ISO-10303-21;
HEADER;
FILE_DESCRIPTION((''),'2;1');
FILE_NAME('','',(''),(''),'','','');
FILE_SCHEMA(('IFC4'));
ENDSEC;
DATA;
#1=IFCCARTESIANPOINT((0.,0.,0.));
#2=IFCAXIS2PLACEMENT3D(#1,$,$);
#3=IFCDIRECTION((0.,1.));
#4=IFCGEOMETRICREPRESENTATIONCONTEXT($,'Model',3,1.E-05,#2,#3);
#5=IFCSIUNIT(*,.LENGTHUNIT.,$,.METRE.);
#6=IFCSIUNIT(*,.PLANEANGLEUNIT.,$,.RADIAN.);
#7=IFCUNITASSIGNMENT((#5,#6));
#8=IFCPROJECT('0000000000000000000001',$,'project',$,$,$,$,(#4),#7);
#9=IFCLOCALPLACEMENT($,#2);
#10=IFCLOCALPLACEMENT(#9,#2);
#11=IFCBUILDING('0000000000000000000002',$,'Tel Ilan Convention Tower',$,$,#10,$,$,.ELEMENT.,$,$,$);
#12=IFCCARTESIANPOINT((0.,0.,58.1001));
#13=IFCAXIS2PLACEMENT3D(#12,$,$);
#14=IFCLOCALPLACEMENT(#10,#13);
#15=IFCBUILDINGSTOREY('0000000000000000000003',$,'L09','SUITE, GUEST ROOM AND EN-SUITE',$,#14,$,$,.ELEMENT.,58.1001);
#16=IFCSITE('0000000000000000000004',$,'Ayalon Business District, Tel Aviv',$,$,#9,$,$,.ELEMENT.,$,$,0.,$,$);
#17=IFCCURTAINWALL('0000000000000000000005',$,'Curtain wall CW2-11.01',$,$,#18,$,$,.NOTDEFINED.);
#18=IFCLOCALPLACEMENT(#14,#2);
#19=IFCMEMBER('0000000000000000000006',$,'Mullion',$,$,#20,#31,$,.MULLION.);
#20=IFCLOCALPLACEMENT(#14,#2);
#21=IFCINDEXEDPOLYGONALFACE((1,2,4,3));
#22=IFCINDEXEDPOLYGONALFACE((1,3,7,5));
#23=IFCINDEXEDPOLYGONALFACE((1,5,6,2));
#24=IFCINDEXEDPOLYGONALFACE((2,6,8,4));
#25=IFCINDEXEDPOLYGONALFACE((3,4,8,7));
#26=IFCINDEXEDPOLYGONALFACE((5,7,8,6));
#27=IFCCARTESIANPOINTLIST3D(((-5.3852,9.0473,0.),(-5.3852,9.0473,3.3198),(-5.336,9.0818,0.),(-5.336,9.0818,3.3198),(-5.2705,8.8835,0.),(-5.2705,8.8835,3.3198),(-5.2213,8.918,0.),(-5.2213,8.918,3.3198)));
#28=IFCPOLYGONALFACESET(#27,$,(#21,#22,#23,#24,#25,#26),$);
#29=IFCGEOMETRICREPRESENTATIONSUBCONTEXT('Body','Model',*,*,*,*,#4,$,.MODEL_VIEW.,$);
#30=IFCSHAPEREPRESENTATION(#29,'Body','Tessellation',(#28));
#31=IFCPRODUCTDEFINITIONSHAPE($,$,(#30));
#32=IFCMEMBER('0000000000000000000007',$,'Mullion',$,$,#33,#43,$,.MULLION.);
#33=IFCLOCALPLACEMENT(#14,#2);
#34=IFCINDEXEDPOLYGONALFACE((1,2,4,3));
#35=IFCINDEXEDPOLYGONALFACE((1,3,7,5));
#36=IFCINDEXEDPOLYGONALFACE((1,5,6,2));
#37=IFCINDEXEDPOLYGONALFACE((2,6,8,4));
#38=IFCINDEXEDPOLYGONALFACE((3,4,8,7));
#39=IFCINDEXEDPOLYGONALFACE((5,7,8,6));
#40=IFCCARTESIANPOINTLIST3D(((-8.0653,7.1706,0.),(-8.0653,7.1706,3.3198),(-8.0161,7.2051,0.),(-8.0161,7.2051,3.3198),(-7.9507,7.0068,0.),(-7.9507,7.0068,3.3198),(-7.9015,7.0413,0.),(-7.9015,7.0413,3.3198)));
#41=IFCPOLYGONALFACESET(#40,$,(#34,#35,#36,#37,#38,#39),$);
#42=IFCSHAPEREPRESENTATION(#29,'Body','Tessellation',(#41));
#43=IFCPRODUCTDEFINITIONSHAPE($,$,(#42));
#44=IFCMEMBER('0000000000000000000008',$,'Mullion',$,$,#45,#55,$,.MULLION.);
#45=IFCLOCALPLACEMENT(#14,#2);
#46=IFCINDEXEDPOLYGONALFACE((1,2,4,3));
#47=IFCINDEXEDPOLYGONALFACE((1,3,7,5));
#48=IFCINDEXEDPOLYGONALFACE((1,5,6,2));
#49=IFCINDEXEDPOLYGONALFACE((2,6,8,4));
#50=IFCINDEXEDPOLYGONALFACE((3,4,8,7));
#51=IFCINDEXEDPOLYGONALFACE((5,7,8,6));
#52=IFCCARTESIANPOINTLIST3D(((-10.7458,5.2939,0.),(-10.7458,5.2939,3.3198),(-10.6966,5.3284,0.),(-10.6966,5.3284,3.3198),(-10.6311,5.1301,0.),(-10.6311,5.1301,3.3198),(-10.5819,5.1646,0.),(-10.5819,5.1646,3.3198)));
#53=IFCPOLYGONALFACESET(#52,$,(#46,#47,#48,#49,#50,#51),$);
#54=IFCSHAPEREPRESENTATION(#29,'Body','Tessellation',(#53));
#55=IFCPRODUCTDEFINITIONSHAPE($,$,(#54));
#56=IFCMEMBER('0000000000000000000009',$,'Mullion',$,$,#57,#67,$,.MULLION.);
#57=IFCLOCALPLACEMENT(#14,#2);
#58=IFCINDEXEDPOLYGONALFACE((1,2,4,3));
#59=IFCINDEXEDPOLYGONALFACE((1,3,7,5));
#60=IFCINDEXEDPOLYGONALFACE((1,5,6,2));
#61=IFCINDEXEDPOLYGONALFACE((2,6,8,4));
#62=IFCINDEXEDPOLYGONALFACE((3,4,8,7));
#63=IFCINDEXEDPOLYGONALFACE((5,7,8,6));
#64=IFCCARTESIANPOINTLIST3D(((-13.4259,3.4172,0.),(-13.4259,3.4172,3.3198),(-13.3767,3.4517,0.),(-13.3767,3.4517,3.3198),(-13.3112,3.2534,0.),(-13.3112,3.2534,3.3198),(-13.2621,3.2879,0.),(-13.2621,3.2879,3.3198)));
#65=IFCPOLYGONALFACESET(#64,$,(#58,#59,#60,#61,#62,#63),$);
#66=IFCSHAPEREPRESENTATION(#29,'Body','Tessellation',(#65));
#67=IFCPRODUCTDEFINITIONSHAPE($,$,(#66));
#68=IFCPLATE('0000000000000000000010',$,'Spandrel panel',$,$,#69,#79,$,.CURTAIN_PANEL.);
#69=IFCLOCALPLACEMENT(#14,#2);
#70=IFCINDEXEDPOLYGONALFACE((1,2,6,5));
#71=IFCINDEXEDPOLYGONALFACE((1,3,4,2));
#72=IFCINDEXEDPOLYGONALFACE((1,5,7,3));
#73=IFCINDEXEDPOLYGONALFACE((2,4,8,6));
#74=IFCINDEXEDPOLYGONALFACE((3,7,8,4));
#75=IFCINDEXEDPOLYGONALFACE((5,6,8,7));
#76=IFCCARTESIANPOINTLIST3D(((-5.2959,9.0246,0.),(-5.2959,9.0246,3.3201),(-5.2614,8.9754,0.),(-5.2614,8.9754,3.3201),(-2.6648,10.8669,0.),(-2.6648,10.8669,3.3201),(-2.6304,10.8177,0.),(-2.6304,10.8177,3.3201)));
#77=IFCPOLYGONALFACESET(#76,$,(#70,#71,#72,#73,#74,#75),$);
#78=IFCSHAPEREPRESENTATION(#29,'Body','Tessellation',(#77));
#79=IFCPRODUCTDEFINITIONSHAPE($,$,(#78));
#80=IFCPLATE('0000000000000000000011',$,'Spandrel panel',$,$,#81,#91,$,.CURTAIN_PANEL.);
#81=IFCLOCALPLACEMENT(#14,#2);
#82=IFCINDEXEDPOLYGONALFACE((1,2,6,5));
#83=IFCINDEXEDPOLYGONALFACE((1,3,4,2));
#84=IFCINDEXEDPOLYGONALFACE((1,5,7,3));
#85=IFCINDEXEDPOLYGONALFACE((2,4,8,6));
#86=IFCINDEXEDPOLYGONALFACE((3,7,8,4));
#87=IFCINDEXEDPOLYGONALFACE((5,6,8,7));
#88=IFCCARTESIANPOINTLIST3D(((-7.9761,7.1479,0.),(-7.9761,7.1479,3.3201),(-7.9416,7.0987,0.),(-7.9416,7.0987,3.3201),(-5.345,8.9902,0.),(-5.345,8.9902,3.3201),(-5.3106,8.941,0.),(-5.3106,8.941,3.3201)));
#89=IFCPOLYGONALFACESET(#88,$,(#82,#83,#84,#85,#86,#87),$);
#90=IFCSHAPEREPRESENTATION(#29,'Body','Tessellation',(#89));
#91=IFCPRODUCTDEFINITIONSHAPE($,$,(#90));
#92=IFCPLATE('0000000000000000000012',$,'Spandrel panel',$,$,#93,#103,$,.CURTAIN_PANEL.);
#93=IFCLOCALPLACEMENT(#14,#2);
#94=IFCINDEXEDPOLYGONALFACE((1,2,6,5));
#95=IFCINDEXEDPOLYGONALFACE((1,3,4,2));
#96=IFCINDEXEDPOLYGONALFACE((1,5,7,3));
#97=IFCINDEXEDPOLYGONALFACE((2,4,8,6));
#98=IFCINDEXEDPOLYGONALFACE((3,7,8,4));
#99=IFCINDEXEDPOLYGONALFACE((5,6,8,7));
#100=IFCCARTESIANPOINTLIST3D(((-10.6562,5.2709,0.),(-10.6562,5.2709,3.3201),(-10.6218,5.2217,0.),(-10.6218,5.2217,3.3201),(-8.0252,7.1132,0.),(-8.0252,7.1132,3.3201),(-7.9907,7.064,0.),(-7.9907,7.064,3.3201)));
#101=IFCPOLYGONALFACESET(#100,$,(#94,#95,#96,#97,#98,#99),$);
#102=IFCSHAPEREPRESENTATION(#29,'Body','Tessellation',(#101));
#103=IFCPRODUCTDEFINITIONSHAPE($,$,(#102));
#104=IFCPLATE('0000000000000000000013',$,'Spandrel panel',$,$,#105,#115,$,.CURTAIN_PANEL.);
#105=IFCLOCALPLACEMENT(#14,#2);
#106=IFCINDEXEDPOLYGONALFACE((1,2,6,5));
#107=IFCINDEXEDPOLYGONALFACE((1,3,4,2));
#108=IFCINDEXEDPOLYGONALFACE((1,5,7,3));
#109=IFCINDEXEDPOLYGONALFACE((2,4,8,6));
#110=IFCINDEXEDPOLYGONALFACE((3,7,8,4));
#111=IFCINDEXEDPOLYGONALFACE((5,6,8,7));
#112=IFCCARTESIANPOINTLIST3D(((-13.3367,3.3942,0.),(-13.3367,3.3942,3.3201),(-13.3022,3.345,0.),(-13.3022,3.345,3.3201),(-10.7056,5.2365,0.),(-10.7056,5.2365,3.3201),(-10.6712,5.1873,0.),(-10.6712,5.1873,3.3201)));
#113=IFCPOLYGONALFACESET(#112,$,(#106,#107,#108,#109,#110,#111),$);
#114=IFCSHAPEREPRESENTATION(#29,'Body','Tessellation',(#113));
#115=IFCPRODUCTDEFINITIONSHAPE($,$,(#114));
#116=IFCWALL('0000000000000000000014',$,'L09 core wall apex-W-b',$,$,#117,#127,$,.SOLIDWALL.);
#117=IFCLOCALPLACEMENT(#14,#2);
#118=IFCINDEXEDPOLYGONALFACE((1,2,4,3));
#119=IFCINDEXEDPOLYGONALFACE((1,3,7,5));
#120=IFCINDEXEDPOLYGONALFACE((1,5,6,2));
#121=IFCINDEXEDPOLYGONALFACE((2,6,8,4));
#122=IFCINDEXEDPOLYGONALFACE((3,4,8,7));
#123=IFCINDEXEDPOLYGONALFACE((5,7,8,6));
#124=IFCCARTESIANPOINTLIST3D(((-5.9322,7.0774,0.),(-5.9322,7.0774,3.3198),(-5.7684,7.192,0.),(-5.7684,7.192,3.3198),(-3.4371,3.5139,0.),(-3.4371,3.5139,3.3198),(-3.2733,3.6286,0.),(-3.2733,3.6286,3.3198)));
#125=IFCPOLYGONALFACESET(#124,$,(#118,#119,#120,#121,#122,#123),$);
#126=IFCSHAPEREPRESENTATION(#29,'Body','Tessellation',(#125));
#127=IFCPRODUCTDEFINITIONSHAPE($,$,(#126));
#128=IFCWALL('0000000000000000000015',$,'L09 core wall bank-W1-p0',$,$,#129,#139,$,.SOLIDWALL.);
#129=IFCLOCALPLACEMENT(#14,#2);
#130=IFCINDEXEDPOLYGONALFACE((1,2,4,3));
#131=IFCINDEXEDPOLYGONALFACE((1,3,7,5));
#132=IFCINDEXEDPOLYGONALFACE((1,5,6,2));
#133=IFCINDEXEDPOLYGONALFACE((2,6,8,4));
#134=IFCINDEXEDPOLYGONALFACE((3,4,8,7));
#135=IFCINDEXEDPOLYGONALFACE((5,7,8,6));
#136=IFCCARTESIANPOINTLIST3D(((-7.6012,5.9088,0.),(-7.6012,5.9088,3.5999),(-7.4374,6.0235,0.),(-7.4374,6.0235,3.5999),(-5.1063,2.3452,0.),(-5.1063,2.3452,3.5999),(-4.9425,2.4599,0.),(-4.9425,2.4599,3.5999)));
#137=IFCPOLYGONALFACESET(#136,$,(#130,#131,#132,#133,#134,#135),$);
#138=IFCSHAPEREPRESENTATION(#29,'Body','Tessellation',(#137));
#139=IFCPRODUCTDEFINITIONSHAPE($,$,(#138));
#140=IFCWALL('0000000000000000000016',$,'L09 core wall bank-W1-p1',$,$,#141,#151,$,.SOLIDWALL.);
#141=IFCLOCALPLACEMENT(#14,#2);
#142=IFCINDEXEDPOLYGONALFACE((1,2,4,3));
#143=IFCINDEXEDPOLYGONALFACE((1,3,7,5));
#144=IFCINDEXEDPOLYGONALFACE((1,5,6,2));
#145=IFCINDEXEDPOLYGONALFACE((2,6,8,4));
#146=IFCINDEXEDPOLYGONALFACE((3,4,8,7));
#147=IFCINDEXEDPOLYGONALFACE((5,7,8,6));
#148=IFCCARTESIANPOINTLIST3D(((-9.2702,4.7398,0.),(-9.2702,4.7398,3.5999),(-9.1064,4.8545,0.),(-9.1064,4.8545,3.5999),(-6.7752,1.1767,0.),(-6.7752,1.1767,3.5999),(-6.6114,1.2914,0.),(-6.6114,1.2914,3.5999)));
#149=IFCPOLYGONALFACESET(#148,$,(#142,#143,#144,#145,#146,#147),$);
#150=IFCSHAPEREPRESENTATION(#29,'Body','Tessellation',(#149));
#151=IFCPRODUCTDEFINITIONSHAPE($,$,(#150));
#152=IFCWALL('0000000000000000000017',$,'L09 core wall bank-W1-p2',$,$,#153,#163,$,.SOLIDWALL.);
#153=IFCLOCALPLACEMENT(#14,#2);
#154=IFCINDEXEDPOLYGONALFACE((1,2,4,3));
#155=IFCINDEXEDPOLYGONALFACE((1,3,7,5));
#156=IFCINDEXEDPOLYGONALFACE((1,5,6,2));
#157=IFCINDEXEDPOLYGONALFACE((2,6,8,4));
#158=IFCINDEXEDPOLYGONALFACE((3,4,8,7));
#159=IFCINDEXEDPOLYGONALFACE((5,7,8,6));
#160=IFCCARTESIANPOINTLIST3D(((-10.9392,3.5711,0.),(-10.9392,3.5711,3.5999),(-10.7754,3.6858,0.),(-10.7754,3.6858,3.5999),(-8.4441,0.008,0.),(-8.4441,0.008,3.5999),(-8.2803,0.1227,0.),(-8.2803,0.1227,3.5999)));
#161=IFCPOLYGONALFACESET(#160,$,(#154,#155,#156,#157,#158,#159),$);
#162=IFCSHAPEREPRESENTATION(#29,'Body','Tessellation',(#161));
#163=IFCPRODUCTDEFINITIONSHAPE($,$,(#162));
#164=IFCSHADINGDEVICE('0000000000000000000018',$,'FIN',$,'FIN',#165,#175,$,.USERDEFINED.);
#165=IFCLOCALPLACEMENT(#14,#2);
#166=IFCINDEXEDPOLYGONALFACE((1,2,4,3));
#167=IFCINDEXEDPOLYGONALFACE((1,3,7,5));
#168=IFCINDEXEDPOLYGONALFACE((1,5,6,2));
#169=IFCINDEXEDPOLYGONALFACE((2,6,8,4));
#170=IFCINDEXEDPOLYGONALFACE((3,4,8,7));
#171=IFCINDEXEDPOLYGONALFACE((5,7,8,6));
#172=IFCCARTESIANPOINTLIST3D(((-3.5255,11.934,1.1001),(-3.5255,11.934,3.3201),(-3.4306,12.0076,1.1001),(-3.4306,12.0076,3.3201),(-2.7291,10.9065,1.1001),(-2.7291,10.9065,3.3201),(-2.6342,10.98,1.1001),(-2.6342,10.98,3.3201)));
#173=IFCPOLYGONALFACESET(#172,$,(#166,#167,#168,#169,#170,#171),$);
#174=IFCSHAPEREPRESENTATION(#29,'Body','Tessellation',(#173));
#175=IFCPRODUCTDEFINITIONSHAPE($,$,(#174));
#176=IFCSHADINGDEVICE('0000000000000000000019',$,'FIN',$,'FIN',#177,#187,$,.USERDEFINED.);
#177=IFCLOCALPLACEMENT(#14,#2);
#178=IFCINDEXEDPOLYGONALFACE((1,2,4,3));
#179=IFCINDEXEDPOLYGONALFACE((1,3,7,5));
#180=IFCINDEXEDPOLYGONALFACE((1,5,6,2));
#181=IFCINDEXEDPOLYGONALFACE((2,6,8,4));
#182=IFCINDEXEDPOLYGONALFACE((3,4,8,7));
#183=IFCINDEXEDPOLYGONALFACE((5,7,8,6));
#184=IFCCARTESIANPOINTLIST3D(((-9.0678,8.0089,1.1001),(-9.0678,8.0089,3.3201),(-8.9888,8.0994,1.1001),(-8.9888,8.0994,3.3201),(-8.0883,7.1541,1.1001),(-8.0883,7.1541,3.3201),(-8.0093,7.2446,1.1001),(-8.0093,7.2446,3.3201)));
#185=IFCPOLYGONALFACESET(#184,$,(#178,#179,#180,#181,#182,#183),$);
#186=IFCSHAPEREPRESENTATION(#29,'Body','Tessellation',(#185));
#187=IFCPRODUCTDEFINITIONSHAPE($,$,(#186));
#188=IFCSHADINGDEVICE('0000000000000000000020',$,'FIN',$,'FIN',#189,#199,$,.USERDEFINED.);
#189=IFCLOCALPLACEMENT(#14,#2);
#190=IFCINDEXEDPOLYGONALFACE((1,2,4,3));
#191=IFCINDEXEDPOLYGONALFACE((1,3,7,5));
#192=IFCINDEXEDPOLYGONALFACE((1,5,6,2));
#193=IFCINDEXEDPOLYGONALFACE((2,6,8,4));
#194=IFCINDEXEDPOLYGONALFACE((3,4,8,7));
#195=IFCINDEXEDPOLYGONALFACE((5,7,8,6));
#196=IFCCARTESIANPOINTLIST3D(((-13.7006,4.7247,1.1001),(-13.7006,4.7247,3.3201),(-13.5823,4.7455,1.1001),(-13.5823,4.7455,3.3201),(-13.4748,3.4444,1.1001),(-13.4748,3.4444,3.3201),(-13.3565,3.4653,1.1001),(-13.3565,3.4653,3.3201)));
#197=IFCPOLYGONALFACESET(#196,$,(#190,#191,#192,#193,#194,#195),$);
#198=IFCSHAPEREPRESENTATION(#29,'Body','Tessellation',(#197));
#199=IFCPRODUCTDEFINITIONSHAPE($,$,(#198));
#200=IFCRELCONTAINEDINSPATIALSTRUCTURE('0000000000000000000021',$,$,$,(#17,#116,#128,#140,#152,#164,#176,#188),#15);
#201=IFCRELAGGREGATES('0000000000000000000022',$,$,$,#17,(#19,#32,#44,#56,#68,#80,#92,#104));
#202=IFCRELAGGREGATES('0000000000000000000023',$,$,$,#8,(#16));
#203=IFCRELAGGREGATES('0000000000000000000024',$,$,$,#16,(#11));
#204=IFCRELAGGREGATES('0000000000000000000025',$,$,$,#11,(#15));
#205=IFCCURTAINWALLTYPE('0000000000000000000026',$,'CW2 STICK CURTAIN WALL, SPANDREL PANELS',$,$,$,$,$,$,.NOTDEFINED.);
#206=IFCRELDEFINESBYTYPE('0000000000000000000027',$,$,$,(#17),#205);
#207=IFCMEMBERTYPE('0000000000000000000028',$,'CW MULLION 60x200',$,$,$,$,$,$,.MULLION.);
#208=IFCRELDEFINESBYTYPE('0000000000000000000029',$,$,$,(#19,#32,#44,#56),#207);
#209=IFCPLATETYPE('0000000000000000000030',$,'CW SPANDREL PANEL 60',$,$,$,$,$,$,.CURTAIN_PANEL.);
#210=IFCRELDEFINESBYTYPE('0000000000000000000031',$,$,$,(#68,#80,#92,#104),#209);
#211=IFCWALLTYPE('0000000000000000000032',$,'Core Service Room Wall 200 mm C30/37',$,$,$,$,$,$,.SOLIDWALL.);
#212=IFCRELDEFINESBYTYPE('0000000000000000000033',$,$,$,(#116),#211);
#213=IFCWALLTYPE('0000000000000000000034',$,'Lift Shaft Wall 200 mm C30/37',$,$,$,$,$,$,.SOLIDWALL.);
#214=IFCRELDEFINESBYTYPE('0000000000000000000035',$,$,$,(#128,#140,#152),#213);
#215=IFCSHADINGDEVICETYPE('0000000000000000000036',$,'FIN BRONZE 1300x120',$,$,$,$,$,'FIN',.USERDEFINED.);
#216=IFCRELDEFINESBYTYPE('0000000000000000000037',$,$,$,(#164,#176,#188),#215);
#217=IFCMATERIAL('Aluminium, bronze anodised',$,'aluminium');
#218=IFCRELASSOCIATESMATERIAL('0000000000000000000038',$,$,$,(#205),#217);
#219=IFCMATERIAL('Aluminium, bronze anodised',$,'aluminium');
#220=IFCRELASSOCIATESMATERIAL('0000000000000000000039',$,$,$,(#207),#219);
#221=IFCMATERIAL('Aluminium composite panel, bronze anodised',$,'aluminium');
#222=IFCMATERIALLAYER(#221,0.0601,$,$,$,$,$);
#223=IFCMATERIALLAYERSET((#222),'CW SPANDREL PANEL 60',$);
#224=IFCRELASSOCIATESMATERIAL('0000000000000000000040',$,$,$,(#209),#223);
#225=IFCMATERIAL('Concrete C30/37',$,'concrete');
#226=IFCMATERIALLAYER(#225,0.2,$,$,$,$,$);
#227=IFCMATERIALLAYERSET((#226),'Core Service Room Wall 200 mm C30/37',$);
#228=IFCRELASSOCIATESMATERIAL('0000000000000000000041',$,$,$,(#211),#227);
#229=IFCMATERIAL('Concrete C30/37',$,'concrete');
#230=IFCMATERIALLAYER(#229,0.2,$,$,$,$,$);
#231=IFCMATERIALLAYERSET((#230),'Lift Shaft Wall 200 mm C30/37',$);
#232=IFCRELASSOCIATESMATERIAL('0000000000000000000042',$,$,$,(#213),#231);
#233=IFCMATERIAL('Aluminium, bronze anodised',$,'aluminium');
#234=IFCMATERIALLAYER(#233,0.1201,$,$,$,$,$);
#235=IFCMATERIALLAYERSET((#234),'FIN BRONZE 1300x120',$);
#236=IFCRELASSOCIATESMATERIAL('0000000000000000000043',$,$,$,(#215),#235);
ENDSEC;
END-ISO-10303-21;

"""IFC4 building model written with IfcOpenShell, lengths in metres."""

from ifc_helpers import new_model, si_unit, direction, frame, frame_2d, origin, origin_2d, place, context, subcontext, project, spatial, rectangle, extrude, material, layer, layer_set, material_profile, profile_set, type_object, element, aggregate, save


model = new_model("IFC4")

# Units and contexts
model_context = context("Model", 3, precision=1e-05, world=origin(), true_north=direction((0.0, 1.0)))
body_context = subcontext(model_context, "Body", "Model", "MODEL_VIEW")
ifc_project = project(units=[si_unit("LENGTHUNIT", "METRE"), si_unit("PLANEANGLEUNIT", "RADIAN")], contexts=[model_context])

# Site, building, storey
site_placement = place(None, origin())
site = spatial("IfcSite", under=ifc_project, at=site_placement, Name="Ayalon Business District, Tel Aviv", CompositionType="ELEMENT", RefElevation=0.0)
building_placement = place(site_placement, origin())
building = spatial("IfcBuilding", under=site, at=building_placement, Name="Tel Ilan Convention Tower", CompositionType="ELEMENT")
storey_placement = place(building_placement, frame((0.0, 0.0, 58.1001)))
storey = spatial("IfcBuildingStorey", under=building, at=storey_placement, Name="L09", Description="SUITE, GUEST ROOM AND EN-SUITE", CompositionType="ELEMENT", Elevation=58.1001)

# Curtain wall, members, plates
ifc_material_1 = material(Name="Aluminium, bronze anodised", Category="aluminium")
curtain_wall_type = type_object("IfcCurtainWallType", Name="CW2 STICK CURTAIN WALL, SPANDREL PANELS", PredefinedType="NOTDEFINED", material=ifc_material_1)
curtain_wall_placement = place(storey_placement, origin())
curtain_wall = element("IfcCurtainWall", 1, at=curtain_wall_placement, inside=storey, type_object=curtain_wall_type, Name="Curtain wall CW2-11.01", PredefinedType="NOTDEFINED")
ifc_material_2 = material(Name="Aluminium, bronze anodised", Category="aluminium")
ifc_material_profile = material_profile(ifc_material_2, rectangle(XDim=0.0601, YDim=0.2, at=origin_2d()), Name="CW MULLION 60x200")
ifc_profile_set = profile_set([ifc_material_profile], Name="Aluminium, bronze anodised")
member_type = type_object("IfcMemberType", Name="CW MULLION 60x200", PredefinedType="MULLION", material=ifc_profile_set)
member_1_placement = place(storey_placement, frame((-5.3032, 8.9827, 0.0), z_axis=(0.0, 0.0, 1.0), x_axis=(-0.819152, -0.573576, 0.0)))
member_1 = element("IfcMember", 2, at=member_1_placement, type_object=member_type, Name="Mullion", PredefinedType="MULLION", context=body_context, shape_type="SweptSolid", body=[
    extrude(rectangle(XDim=0.0601, YDim=0.2, at=origin_2d()), origin(), (0.0, 0.0, 1.0), 3.3198),
])
member_2_placement = place(storey_placement, frame((-7.9834, 7.106, 0.0), z_axis=(0.0, 0.0, 1.0), x_axis=(-0.819152, -0.573576, 0.0)))
member_2 = element("IfcMember", 3, at=member_2_placement, type_object=member_type, Name="Mullion", PredefinedType="MULLION", context=body_context, shape_type="SweptSolid", body=[
    extrude(rectangle(XDim=0.0601, YDim=0.2, at=origin_2d()), origin(), (0.0, 0.0, 1.0), 3.3198),
])
member_3_placement = place(storey_placement, frame((-10.6638, 5.2292, 0.0), z_axis=(0.0, 0.0, 1.0), x_axis=(-0.819152, -0.573576, 0.0)))
member_3 = element("IfcMember", 4, at=member_3_placement, type_object=member_type, Name="Mullion", PredefinedType="MULLION", context=body_context, shape_type="SweptSolid", body=[
    extrude(rectangle(XDim=0.0601, YDim=0.2, at=origin_2d()), origin(), (0.0, 0.0, 1.0), 3.3198),
])
member_4_placement = place(storey_placement, frame((-13.344, 3.3525, 0.0), z_axis=(0.0, 0.0, 1.0), x_axis=(-0.819152, -0.573576, 0.0)))
member_4 = element("IfcMember", 5, at=member_4_placement, type_object=member_type, Name="Mullion", PredefinedType="MULLION", context=body_context, shape_type="SweptSolid", body=[
    extrude(rectangle(XDim=0.0601, YDim=0.2, at=origin_2d()), origin(), (0.0, 0.0, 1.0), 3.3198),
])
ifc_material_3 = material(Name="Aluminium composite panel, bronze anodised", Category="aluminium")
ifc_layer_1 = layer(ifc_material_3, 0.0601)
ifc_layer_set_1 = layer_set([ifc_layer_1], Name="CW SPANDREL PANEL 60")
plate_type = type_object("IfcPlateType", Name="CW SPANDREL PANEL 60", PredefinedType="CURTAIN_PANEL", material=ifc_layer_set_1)
plate_1_placement = place(storey_placement, frame((-3.9631, 9.9211, 0.0), z_axis=(0.0, 0.0, 1.0), x_axis=(-0.819152, -0.573576, 0.0)))
plate_1 = element("IfcPlate", 6, at=plate_1_placement, type_object=plate_type, Name="Spandrel panel", PredefinedType="CURTAIN_PANEL", context=body_context, shape_type="SweptSolid", body=[
    extrude(rectangle(XDim=3.2119, YDim=0.0601, at=origin_2d()), origin(), (0.0, 0.0, 1.0), 3.3201),
])
plate_2_placement = place(storey_placement, frame((-6.6433, 8.0444, 0.0), z_axis=(0.0, 0.0, 1.0), x_axis=(-0.819152, -0.573576, 0.0)))
plate_2 = element("IfcPlate", 7, at=plate_2_placement, type_object=plate_type, Name="Spandrel panel", PredefinedType="CURTAIN_PANEL", context=body_context, shape_type="SweptSolid", body=[
    extrude(rectangle(XDim=3.2119, YDim=0.0601, at=origin_2d()), origin(), (0.0, 0.0, 1.0), 3.3201),
])
plate_3_placement = place(storey_placement, frame((-9.3235, 6.1675, 0.0), z_axis=(0.0, 0.0, 1.0), x_axis=(-0.819152, -0.573576, 0.0)))
plate_3 = element("IfcPlate", 8, at=plate_3_placement, type_object=plate_type, Name="Spandrel panel", PredefinedType="CURTAIN_PANEL", context=body_context, shape_type="SweptSolid", body=[
    extrude(rectangle(XDim=3.2119, YDim=0.0601, at=origin_2d()), origin(), (0.0, 0.0, 1.0), 3.3201),
])
plate_4_placement = place(storey_placement, frame((-12.0039, 4.2908, 0.0), z_axis=(0.0, 0.0, 1.0), x_axis=(-0.819152, -0.573576, 0.0)))
plate_4 = element("IfcPlate", 9, at=plate_4_placement, type_object=plate_type, Name="Spandrel panel", PredefinedType="CURTAIN_PANEL", context=body_context, shape_type="SweptSolid", body=[
    extrude(rectangle(XDim=3.2119, YDim=0.0601, at=origin_2d()), origin(), (0.0, 0.0, 1.0), 3.3201),
])
aggregate(curtain_wall, [member_1, member_2, member_3, member_4, plate_1, plate_2, plate_3, plate_4])

# Walls
ifc_material_4 = material(Name="Concrete C30/37", Category="concrete")
ifc_layer_2 = layer(ifc_material_4, 0.2)
ifc_layer_set_2 = layer_set([ifc_layer_2], Name="Core Service Room Wall 200 mm C30/37")
wall_type_1 = type_object("IfcWallType", Name="Core Service Room Wall 200 mm C30/37", PredefinedType="SOLIDWALL", material=ifc_layer_set_2)
wall_1_placement = place(storey_placement, frame((-3.3552, 3.5713, 0.0), z_axis=(0.0, 0.0, 1.0), x_axis=(-0.573568, 0.819158, 0.0)))
element("IfcWall", 10, at=wall_1_placement, inside=storey, type_object=wall_type_1, Name="L09 core wall apex-W-b", PredefinedType="SOLIDWALL", context=body_context, shape_type="SweptSolid", body=[
    extrude(rectangle(XDim=4.3501, YDim=0.2, at=frame_2d((2.175, 0.0))), origin(), (0.0, 0.0, 1.0), 3.3198),
])
ifc_material_5 = material(Name="Concrete C30/37", Category="concrete")
ifc_layer_3 = layer(ifc_material_5, 0.2)
ifc_layer_set_3 = layer_set([ifc_layer_3], Name="Lift Shaft Wall 200 mm C30/37")
wall_type_2 = type_object("IfcWallType", Name="Lift Shaft Wall 200 mm C30/37", PredefinedType="SOLIDWALL", material=ifc_layer_set_3)
wall_2_placement = place(storey_placement, frame((-5.0244, 2.4026, 0.0), z_axis=(0.0, 0.0, 1.0), x_axis=(-0.57353, 0.819184, 0.0)))
element("IfcWall", 11, at=wall_2_placement, inside=storey, type_object=wall_type_2, Name="L09 core wall bank-W1-p0", PredefinedType="SOLIDWALL", context=body_context, shape_type="SweptSolid", body=[
    extrude(rectangle(XDim=4.3501, YDim=0.2, at=frame_2d((2.175, 0.0))), origin(), (0.0, 0.0, 1.0), 3.5999),
])
for number, where, z_axis, x_axis, name in (
    (12, (-6.6934, 1.2341, 0.0), (0.0, 0.0, 1.0), (-0.573594, 0.81914, 0.0), "L09 core wall bank-W1-p1"),
    (13, (-8.3623, 0.0654, 0.0), (0.0, 0.0, 1.0), (-0.573594, 0.81914, 0.0), "L09 core wall bank-W1-p2"),
):
    element("IfcWall", number, at=place(storey_placement, frame(where, z_axis=z_axis, x_axis=x_axis)), inside=storey, type_object=wall_type_2, Name=name, PredefinedType="SOLIDWALL", context=body_context, shape_type="SweptSolid", body=[
        extrude(rectangle(XDim=4.3499, YDim=0.2, at=frame_2d((2.1748, 0.0))), origin(), (0.0, 0.0, 1.0), 3.5999),
    ])

# Shading devices
ifc_material_6 = material(Name="Aluminium, bronze anodised", Category="aluminium")
ifc_layer_4 = layer(ifc_material_6, 0.1201)
ifc_layer_set_4 = layer_set([ifc_layer_4], Name="FIN BRONZE 1300x120")
shading_device_type = type_object("IfcShadingDeviceType", Name="FIN BRONZE 1300x120", ElementType="FIN", PredefinedType="USERDEFINED", material=ifc_layer_set_4)
for number, where, z_axis, x_axis, name in (
    (14, (-3.0798, 11.457, 1.1001), (0.0, 0.0, 1.0), (-0.612601, 0.790393, 0.0), "FIN"),
    (15, (-8.5386, 7.6267, 1.1001), (0.0, 0.0, 1.0), (-0.753436, 0.657521, 0.0), "FIN"),
    (16, (-13.5286, 4.095, 1.1001), (0.0, 0.0, 1.0), (-0.173648, 0.984808, 0.0), "FIN"),
):
    element("IfcShadingDevice", number, at=place(storey_placement, frame(where, z_axis=z_axis, x_axis=x_axis)), inside=storey, type_object=shading_device_type, Name=name, ObjectType="FIN", PredefinedType="USERDEFINED", context=body_context, shape_type="SweptSolid", body=[
        extrude(rectangle(XDim=1.3, YDim=0.1201, at=origin_2d()), origin(), (0.0, 0.0, 1.0), 2.22),
    ])

save(model, "model.ifc")
